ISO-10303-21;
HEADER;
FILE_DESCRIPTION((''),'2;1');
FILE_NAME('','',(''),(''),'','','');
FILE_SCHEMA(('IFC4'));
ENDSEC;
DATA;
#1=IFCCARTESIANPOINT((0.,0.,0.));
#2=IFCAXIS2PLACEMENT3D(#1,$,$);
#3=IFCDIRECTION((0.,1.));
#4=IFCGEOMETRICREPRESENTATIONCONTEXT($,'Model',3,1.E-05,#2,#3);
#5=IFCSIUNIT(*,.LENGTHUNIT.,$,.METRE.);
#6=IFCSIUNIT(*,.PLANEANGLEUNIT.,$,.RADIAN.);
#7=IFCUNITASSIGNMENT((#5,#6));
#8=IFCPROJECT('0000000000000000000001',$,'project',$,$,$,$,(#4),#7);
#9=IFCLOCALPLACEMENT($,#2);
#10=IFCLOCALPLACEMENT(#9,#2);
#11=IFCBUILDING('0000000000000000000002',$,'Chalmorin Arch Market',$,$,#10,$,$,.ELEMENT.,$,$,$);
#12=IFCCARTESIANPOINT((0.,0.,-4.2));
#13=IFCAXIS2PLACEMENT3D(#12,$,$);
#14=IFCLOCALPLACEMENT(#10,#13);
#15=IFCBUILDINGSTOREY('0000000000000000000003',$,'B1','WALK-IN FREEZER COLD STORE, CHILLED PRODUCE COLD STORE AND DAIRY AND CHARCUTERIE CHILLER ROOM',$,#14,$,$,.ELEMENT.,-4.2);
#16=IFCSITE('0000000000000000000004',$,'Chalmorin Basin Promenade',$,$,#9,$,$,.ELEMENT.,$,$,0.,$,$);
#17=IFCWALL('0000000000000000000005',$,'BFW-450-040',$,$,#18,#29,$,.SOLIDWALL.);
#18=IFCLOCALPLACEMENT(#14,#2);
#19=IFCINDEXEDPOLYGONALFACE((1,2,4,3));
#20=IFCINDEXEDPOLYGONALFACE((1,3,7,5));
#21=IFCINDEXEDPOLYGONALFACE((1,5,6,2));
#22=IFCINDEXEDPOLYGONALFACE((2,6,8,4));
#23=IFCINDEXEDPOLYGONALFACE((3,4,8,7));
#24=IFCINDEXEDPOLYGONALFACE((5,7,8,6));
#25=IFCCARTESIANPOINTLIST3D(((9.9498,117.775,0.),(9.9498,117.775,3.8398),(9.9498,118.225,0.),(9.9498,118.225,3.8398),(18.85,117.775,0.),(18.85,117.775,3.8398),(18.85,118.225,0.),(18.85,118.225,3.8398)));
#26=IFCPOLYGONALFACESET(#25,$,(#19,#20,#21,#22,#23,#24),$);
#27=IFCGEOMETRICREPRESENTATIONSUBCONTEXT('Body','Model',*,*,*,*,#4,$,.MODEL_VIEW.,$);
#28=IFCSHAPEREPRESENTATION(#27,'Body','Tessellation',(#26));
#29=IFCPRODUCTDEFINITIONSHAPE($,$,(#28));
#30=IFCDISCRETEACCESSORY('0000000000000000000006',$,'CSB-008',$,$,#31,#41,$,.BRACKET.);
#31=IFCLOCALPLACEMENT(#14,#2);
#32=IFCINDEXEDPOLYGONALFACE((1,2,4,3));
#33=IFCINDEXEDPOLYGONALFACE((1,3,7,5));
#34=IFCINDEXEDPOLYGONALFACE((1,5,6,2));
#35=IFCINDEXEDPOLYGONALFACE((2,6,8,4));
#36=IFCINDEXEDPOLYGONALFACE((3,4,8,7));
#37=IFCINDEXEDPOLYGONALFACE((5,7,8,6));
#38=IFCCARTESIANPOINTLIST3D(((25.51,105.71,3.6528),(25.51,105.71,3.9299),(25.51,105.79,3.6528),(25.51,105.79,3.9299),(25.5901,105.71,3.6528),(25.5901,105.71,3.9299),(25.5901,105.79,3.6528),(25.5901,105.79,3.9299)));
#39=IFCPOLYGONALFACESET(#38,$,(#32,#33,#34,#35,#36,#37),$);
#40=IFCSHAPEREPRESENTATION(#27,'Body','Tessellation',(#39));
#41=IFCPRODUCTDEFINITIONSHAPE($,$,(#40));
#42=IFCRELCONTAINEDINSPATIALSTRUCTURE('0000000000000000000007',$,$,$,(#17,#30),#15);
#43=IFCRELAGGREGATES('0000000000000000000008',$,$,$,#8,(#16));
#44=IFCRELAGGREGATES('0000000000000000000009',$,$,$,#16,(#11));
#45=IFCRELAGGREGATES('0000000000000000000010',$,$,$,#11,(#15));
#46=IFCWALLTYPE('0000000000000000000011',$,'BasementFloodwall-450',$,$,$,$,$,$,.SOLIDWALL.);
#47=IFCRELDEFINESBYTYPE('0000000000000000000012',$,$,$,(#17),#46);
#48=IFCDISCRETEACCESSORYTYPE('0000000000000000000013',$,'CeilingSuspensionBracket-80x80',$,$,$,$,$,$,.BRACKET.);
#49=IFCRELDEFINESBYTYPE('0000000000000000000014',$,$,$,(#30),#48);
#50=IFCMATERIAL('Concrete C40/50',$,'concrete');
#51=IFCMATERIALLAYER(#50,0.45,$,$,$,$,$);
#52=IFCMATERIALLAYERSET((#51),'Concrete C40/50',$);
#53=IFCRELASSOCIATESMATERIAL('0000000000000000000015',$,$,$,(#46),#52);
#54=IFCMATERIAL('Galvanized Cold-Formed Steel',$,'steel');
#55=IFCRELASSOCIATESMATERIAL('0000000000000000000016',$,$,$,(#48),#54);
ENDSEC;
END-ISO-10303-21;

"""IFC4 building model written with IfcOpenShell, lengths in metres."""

from ifc_helpers import new_model, si_unit, direction, frame, frame_2d, origin, origin_2d, place, context, subcontext, project, spatial, rectangle, extrude, material, layer, layer_set, type_object, element, save


model = new_model("IFC4")

# Units and contexts
model_context = context("Model", 3, precision=1e-05, world=origin(), true_north=direction((0.0, 1.0)))
body_context = subcontext(model_context, "Body", "Model", "MODEL_VIEW")
ifc_project = project(units=[si_unit("LENGTHUNIT", "METRE"), si_unit("PLANEANGLEUNIT", "RADIAN")], contexts=[model_context])

# Site, building, storey
site_placement = place(None, origin())
site = spatial("IfcSite", under=ifc_project, at=site_placement, Name="Chalmorin Basin Promenade", CompositionType="ELEMENT", RefElevation=0.0)
building_placement = place(site_placement, origin())
building = spatial("IfcBuilding", under=site, at=building_placement, Name="Chalmorin Arch Market", CompositionType="ELEMENT")
storey_placement = place(building_placement, frame((0.0, 0.0, -4.2)))
storey = spatial("IfcBuildingStorey", under=building, at=storey_placement, Name="B1", Description="WALK-IN FREEZER COLD STORE, CHILLED PRODUCE COLD STORE AND DAIRY AND CHARCUTERIE CHILLER ROOM", CompositionType="ELEMENT", Elevation=-4.2)

# Shared definitions
ifc_material_1 = material(Name="Concrete C40/50", Category="concrete")

# Wall
ifc_layer_1 = layer(ifc_material_1, 0.45)
ifc_layer_set_1 = layer_set([ifc_layer_1], Name="Concrete C40/50")
wall_type = type_object("IfcWallType", Name="BasementFloodwall-450", PredefinedType="SOLIDWALL", material=ifc_layer_set_1)
wall_1_placement = place(storey_placement, frame((18.8501, 118.0, 0.0), z_axis=(0.0, 0.0, 1.0), x_axis=(-1.0, 0.0, 0.0)))
element("IfcWall", 1, at=wall_1_placement, inside=storey, type_object=wall_type, Name="BFW-450-040", PredefinedType="SOLIDWALL", context=body_context, shape_type="SweptSolid", body=[
    extrude(rectangle(XDim=8.9001, YDim=0.45, at=frame_2d((4.4502, 0.0))), origin(), (0.0, 0.0, 1.0), 3.8398),
])

# Discrete accessory
ifc_material_2 = material(Name="Galvanized Cold-Formed Steel", Category="steel")
discrete_accessory_type = type_object("IfcDiscreteAccessoryType", Name="CeilingSuspensionBracket-80x80", PredefinedType="BRACKET", material=ifc_material_2)
discrete_accessory_placement = place(storey_placement, frame((25.55, 105.75, 3.6528), z_axis=(0.0, 0.0, 1.0), x_axis=(1.0, 0.0, 0.0)))
element("IfcDiscreteAccessory", 2, at=discrete_accessory_placement, inside=storey, type_object=discrete_accessory_type, Name="CSB-008", PredefinedType="BRACKET", context=body_context, shape_type="SweptSolid", body=[
    extrude(rectangle(XDim=0.0801, YDim=0.0801, at=origin_2d()), origin(), (0.0, 0.0, 1.0), 0.2771),
])

save(model, "model.ifc")
